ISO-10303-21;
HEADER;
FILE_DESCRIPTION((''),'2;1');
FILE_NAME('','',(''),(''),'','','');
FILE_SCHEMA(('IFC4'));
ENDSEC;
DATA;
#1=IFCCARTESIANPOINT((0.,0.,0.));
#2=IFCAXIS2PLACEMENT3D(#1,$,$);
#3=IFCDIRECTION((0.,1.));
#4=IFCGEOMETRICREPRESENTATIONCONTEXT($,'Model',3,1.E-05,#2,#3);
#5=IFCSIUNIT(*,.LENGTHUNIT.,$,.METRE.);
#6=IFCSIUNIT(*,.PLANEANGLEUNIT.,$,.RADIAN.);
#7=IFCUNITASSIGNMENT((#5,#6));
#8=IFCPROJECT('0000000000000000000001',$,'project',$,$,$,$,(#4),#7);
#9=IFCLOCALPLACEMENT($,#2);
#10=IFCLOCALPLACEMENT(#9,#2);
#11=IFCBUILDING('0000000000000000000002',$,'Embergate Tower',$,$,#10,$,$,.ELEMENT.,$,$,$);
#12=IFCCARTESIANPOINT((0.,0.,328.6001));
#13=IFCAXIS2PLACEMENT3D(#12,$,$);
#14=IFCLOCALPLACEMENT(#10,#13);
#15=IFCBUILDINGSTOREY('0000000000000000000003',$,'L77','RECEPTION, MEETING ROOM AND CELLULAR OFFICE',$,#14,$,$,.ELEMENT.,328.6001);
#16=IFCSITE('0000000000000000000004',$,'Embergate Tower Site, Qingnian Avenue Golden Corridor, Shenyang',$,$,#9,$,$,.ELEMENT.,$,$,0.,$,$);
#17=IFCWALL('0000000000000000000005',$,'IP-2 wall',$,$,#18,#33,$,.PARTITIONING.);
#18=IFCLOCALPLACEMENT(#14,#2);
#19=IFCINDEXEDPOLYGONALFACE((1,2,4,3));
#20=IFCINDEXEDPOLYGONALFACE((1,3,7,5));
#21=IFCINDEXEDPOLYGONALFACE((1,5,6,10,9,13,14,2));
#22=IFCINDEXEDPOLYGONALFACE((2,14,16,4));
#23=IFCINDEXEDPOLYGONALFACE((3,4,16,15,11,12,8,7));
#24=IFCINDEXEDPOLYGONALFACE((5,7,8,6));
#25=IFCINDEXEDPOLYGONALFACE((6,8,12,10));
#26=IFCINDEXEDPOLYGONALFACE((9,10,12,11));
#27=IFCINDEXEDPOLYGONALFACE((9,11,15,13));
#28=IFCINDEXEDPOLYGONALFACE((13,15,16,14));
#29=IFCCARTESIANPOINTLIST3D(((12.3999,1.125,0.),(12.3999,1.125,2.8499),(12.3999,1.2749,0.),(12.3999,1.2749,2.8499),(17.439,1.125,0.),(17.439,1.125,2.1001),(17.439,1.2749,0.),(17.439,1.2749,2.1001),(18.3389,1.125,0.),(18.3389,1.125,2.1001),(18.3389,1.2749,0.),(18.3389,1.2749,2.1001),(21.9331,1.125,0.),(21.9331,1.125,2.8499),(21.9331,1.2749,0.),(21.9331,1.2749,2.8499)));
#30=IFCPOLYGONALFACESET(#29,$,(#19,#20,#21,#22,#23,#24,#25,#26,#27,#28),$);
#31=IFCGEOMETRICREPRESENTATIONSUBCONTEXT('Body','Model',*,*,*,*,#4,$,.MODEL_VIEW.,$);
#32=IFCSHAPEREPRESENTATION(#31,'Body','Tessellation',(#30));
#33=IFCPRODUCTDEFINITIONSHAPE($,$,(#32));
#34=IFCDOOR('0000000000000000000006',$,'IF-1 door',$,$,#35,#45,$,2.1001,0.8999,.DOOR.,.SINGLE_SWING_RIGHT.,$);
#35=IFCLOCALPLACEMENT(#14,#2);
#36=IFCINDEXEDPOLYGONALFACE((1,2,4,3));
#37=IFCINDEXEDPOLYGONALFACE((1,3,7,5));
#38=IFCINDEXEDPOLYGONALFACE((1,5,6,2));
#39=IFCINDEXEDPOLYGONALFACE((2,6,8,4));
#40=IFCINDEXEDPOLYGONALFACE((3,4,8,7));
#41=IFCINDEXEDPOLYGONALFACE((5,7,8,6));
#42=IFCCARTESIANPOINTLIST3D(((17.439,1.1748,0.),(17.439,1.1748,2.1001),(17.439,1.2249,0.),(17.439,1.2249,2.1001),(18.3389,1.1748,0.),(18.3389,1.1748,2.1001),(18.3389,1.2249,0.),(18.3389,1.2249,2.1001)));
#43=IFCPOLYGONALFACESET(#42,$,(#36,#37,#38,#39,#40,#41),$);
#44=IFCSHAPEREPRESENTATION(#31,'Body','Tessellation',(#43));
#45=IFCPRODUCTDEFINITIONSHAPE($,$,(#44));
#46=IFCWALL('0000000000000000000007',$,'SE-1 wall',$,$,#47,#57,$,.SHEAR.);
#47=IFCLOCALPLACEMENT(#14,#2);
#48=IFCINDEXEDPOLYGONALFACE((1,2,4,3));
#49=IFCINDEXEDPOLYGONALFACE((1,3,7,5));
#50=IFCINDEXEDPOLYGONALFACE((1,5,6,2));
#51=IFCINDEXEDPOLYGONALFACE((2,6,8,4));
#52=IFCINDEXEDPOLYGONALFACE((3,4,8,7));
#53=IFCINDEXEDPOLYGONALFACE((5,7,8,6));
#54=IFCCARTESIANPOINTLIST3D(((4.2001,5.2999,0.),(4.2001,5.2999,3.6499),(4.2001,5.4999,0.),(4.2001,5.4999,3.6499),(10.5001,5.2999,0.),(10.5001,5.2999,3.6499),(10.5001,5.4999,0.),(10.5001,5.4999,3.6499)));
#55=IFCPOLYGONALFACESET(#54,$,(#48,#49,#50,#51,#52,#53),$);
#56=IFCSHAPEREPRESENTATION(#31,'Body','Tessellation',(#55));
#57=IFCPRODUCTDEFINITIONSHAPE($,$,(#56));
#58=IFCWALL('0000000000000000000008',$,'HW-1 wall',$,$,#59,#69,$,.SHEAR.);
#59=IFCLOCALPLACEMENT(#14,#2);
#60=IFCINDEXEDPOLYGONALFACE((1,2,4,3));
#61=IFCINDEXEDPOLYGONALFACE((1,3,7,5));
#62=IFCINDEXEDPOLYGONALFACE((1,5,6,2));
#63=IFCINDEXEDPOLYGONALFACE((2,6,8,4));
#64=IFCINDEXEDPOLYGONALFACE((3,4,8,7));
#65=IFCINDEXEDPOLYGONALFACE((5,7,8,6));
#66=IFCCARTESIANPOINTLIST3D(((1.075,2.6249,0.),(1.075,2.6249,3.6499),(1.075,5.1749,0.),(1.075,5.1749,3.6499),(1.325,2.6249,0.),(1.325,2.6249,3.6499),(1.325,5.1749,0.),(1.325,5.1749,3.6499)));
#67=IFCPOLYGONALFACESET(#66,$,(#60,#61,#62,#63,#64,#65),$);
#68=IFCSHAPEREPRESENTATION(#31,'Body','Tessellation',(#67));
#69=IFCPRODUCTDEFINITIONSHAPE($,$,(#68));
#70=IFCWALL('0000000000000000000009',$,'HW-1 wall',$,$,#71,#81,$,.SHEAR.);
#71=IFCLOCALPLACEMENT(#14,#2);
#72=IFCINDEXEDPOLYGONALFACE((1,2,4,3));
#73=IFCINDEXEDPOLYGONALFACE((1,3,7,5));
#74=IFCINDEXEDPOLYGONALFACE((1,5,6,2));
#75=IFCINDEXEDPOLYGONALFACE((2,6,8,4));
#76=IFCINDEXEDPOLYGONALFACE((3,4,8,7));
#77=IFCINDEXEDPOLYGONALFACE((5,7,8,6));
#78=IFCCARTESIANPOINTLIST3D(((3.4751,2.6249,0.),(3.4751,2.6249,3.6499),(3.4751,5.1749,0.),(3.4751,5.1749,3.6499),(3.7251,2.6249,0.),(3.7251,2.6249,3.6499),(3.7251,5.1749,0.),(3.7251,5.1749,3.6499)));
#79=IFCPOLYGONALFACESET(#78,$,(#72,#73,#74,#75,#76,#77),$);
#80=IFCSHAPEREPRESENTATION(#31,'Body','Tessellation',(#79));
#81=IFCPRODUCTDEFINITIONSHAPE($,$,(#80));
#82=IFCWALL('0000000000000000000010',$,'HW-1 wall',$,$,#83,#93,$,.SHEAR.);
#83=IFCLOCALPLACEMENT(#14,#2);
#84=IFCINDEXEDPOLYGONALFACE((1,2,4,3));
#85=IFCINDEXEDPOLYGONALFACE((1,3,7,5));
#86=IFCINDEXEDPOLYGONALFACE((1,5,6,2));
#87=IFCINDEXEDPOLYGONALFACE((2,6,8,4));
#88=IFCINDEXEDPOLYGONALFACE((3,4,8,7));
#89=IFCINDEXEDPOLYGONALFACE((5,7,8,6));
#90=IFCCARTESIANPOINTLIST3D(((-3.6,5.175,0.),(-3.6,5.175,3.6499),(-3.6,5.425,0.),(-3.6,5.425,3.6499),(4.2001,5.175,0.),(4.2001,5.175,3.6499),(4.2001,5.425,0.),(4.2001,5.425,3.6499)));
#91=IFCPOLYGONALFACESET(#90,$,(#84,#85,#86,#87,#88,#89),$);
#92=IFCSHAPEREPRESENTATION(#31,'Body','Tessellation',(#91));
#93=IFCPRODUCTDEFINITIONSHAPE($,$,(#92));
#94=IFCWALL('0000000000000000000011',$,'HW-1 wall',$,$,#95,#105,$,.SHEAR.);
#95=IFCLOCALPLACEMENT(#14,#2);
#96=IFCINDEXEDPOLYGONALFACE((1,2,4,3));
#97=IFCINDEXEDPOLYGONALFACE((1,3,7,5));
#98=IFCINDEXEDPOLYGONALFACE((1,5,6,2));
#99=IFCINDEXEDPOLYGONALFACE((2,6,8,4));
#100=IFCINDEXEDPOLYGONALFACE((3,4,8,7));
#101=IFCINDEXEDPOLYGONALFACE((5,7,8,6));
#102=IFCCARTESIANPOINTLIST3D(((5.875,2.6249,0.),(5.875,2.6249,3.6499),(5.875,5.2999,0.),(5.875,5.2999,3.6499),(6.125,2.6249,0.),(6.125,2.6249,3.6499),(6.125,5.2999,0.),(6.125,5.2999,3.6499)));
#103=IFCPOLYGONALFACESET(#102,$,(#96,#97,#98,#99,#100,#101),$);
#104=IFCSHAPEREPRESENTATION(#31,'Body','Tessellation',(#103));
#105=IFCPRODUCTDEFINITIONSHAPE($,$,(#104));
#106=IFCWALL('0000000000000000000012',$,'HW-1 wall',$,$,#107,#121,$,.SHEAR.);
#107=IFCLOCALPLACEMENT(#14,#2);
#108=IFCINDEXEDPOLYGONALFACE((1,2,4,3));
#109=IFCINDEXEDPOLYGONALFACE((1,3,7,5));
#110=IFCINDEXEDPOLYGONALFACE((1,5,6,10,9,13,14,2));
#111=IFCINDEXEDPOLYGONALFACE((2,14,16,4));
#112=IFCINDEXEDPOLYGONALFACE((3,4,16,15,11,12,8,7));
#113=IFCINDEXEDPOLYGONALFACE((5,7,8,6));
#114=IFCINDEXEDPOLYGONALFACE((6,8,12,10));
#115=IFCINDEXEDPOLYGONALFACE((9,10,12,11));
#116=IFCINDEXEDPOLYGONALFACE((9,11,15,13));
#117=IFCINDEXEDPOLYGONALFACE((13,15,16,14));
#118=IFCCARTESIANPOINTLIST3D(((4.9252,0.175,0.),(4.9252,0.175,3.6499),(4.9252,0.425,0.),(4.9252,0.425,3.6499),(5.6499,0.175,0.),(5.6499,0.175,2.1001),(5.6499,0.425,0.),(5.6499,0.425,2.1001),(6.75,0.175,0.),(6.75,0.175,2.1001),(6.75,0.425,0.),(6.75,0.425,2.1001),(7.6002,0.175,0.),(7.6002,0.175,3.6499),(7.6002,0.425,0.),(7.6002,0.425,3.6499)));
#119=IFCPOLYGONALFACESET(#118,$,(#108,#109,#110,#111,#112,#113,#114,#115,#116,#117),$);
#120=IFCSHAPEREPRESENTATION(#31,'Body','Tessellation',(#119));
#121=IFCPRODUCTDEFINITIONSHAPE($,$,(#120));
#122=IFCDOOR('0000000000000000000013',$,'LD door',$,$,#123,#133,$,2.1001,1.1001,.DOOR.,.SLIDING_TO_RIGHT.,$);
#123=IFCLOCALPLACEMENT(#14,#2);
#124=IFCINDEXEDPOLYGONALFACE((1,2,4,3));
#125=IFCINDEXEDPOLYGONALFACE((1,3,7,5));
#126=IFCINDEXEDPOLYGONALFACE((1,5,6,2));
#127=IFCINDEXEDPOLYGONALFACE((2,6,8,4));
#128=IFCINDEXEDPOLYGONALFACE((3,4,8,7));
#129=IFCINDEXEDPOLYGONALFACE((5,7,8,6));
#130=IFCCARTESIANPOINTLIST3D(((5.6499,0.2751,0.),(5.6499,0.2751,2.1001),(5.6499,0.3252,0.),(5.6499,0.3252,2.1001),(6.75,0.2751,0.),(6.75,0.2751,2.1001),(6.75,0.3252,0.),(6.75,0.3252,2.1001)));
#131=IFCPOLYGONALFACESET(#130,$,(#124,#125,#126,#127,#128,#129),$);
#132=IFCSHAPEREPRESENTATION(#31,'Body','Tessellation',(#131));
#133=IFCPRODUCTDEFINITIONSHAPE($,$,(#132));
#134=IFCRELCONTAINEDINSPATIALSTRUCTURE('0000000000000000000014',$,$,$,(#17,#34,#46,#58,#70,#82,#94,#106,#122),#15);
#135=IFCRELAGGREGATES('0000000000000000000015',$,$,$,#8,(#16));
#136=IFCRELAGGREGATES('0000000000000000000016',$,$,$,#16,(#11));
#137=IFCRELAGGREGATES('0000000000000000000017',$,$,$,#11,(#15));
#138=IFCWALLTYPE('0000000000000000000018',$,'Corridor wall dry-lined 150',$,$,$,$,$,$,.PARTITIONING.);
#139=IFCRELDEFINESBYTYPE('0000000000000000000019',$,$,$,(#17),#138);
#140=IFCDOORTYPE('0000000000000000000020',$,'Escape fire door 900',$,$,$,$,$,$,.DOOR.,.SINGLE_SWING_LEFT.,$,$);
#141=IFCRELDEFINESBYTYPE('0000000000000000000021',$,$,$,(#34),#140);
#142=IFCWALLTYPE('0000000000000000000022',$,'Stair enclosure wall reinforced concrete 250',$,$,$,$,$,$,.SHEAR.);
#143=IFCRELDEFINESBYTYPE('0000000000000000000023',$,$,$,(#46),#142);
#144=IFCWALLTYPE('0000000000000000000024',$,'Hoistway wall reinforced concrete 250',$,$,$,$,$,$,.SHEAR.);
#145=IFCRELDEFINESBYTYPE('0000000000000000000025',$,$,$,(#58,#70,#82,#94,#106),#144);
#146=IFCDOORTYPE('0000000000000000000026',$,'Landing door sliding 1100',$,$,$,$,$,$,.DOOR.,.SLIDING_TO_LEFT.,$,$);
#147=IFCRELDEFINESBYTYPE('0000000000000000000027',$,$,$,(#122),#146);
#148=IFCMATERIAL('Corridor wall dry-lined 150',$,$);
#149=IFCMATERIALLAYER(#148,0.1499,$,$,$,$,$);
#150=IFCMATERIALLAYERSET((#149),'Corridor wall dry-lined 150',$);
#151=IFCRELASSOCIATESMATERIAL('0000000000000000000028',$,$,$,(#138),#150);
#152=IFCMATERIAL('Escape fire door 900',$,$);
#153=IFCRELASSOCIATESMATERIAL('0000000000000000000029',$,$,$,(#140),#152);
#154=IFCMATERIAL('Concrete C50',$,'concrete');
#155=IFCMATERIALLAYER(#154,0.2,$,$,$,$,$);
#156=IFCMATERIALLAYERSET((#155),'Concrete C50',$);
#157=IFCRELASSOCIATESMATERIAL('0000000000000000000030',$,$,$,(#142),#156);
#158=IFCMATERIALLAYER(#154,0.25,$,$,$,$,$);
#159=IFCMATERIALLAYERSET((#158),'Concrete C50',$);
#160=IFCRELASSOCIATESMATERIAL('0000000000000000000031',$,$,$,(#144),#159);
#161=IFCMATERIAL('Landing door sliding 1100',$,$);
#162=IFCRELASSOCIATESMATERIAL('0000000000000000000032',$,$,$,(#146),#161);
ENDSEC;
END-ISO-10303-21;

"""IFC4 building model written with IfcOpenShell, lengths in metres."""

from ifc_helpers import new_model, si_unit, direction, frame, frame_2d, origin, place, context, subcontext, project, spatial, rectangle, extrude, source, transform, mapped, material, layer, layer_set, type_object, element, fill, save


model = new_model("IFC4")

# Units and contexts
model_context = context("Model", 3, precision=1e-05, world=origin(), true_north=direction((0.0, 1.0)))
body_context = subcontext(model_context, "Body", "Model", "MODEL_VIEW")
ifc_project = project(units=[si_unit("LENGTHUNIT", "METRE"), si_unit("PLANEANGLEUNIT", "RADIAN")], contexts=[model_context])

# Site, building, storey
site_placement = place(None, origin())
site = spatial("IfcSite", under=ifc_project, at=site_placement, Name="Embergate Tower Site, Qingnian Avenue Golden Corridor, Shenyang", CompositionType="ELEMENT", RefElevation=0.0)
building_placement = place(site_placement, origin())
building = spatial("IfcBuilding", under=site, at=building_placement, Name="Embergate Tower", CompositionType="ELEMENT")
storey_placement = place(building_placement, frame((0.0, 0.0, 328.6001)))
storey = spatial("IfcBuildingStorey", under=building, at=storey_placement, Name="L77", Description="RECEPTION, MEETING ROOM AND CELLULAR OFFICE", CompositionType="ELEMENT", Elevation=328.6001)

# Wall, opening, door
ifc_material_1 = material(Name="Corridor wall dry-lined 150")
ifc_layer_1 = layer(ifc_material_1, 0.1499)
ifc_layer_set_1 = layer_set([ifc_layer_1], Name="Corridor wall dry-lined 150")
wall_type_1 = type_object("IfcWallType", Name="Corridor wall dry-lined 150", PredefinedType="PARTITIONING", material=ifc_layer_set_1)
shared_shape_1 = source(origin(), body_context, "Body", "SweptSolid", [
    extrude(rectangle(XDim=9.5332, YDim=0.1499, at=frame_2d((4.7666, 0.0))), origin(), (0.0, 0.0, 1.0), 2.8499),
])
wall_1_placement = place(storey_placement, frame((12.3999, 1.2, 0.0), z_axis=(0.0, 0.0, 1.0), x_axis=(1.0, 0.0, 0.0)))
wall_1 = element("IfcWall", 1, at=wall_1_placement, inside=storey, type_object=wall_type_1, Name="IP-2 wall", PredefinedType="PARTITIONING", context=body_context, shape_type="MappedRepresentation", body=[
    mapped(shared_shape_1, transform((0.0, 0.0, 0.0))),
])
shared_shape_2 = source(origin(), body_context, "Body", "SweptSolid", [
    extrude(rectangle(XDim=0.8999, YDim=2.1001, at=frame_2d((0.45, 1.05))), frame((0.0, 0.085, 0.0), z_axis=(0.0, -1.0, 0.0), x_axis=(1.0, 0.0, 0.0)), (0.0, 0.0, 1.0), 0.1699),
])
opening_1_placement = place(wall_1_placement, frame((5.0391, 0.0, 0.0)))
opening_1 = element("IfcOpeningElement", 2, at=opening_1_placement, cuts=wall_1, PredefinedType="OPENING", context=body_context, shape_type="MappedRepresentation", body=[
    mapped(shared_shape_2, transform((0.0, 0.0, 0.0))),
])
ifc_material_2 = material(Name="Escape fire door 900")
door_type_1 = type_object("IfcDoorType", Name="Escape fire door 900", OperationType="SINGLE_SWING_LEFT", PredefinedType="DOOR", material=ifc_material_2)
shared_shape_3 = source(origin(), body_context, "Body", "SweptSolid", [
    extrude(rectangle(XDim=0.8999, YDim=2.1001, at=frame_2d((0.45, 1.05))), frame((0.0, 0.0249, 0.0), z_axis=(0.0, -1.0, 0.0), x_axis=(1.0, 0.0, 0.0)), (0.0, 0.0, 1.0), 0.05),
])
door_1_placement = place(opening_1_placement, origin())
door_1 = element("IfcDoor", 3, at=door_1_placement, inside=storey, type_object=door_type_1, Name="IF-1 door", OperationType="SINGLE_SWING_RIGHT", OverallHeight=2.1001, OverallWidth=0.8999, PredefinedType="DOOR", context=body_context, shape_type="MappedRepresentation", body=[
    mapped(shared_shape_3, transform((0.0, 0.0, 0.0))),
])
fill(opening_1, door_1)

# Walls
ifc_material_3 = material(Name="Concrete C50", Category="concrete")
ifc_layer_2 = layer(ifc_material_3, 0.2)
ifc_layer_set_2 = layer_set([ifc_layer_2], Name="Concrete C50")
wall_type_2 = type_object("IfcWallType", Name="Stair enclosure wall reinforced concrete 250", PredefinedType="SHEAR", material=ifc_layer_set_2)
shared_shape_4 = source(origin(), body_context, "Body", "SweptSolid", [
    extrude(rectangle(XDim=6.3, YDim=0.2, at=frame_2d((3.1499, 0.0))), origin(), (0.0, 0.0, 1.0), 3.6499),
])
wall_2_placement = place(storey_placement, frame((10.5, 5.3999, 0.0), z_axis=(0.0, 0.0, 1.0), x_axis=(-1.0, 0.0, 0.0)))
element("IfcWall", 4, at=wall_2_placement, inside=storey, type_object=wall_type_2, Name="SE-1 wall", PredefinedType="SHEAR", context=body_context, shape_type="MappedRepresentation", body=[
    mapped(shared_shape_4, transform((0.0, 0.0, 0.0))),
])
ifc_layer_3 = layer(ifc_material_3, 0.25)
ifc_layer_set_3 = layer_set([ifc_layer_3], Name="Concrete C50")
wall_type_3 = type_object("IfcWallType", Name="Hoistway wall reinforced concrete 250", PredefinedType="SHEAR", material=ifc_layer_set_3)
shared_shape_5 = source(origin(), body_context, "Body", "SweptSolid", [
    extrude(rectangle(XDim=2.55, YDim=0.25, at=frame_2d((1.2749, 0.0))), origin(), (0.0, 0.0, 1.0), 3.6499),
])
for number, where, z_axis, x_axis, name in (
    (5, (1.2, 2.625, 0.0), (0.0, 0.0, 1.0), (0.0, 1.0, 0.0), "HW-1 wall"),
    (6, (3.6001, 2.625, 0.0), (0.0, 0.0, 1.0), (0.0, 1.0, 0.0), "HW-1 wall"),
):
    element("IfcWall", number, at=place(storey_placement, frame(where, z_axis=z_axis, x_axis=x_axis)), inside=storey, type_object=wall_type_3, Name=name, PredefinedType="SHEAR", context=body_context, shape_type="MappedRepresentation", body=[
        mapped(shared_shape_5, transform((0.0, 0.0, 0.0))),
    ])
shared_shape_6 = source(origin(), body_context, "Body", "SweptSolid", [
    extrude(rectangle(XDim=7.8, YDim=0.25, at=frame_2d((3.8999, 0.0))), origin(), (0.0, 0.0, 1.0), 3.6499),
])
wall_3_placement = place(storey_placement, frame((4.2, 5.3, 0.0), z_axis=(0.0, 0.0, 1.0), x_axis=(-1.0, 0.0, 0.0)))
element("IfcWall", 7, at=wall_3_placement, inside=storey, type_object=wall_type_3, Name="HW-1 wall", PredefinedType="SHEAR", context=body_context, shape_type="MappedRepresentation", body=[
    mapped(shared_shape_6, transform((0.0, 0.0, 0.0))),
])
shared_shape_7 = source(origin(), body_context, "Body", "SweptSolid", [
    extrude(rectangle(XDim=2.675, YDim=0.25, at=frame_2d((1.3374, 0.0))), origin(), (0.0, 0.0, 1.0), 3.6499),
])
wall_4_placement = place(storey_placement, frame((6.0, 2.625, 0.0), z_axis=(0.0, 0.0, 1.0), x_axis=(0.0, 1.0, 0.0)))
element("IfcWall", 8, at=wall_4_placement, inside=storey, type_object=wall_type_3, Name="HW-1 wall", PredefinedType="SHEAR", context=body_context, shape_type="MappedRepresentation", body=[
    mapped(shared_shape_7, transform((0.0, 0.0, 0.0))),
])

# Wall, opening, door
wall_5_placement = place(storey_placement, frame((7.6001, 0.3, 0.0), z_axis=(0.0, 0.0, 1.0), x_axis=(-1.0, 0.0, 0.0)))
wall_5 = element("IfcWall", 9, at=wall_5_placement, inside=storey, type_object=wall_type_3, Name="HW-1 wall", PredefinedType="SHEAR", context=body_context, shape_type="MappedRepresentation", body=[
    mapped(shared_shape_7, transform((0.0, 0.0, 0.0))),
])
shared_shape_8 = source(origin(), body_context, "Body", "SweptSolid", [
    extrude(rectangle(XDim=1.1001, YDim=2.1001, at=frame_2d((0.55, 1.05))), frame((0.0, 0.135, 0.0), z_axis=(0.0, -1.0, 0.0), x_axis=(1.0, 0.0, 0.0)), (0.0, 0.0, 1.0), 0.27),
])
opening_2_placement = place(wall_5_placement, frame((0.8501, 0.0, 0.0)))
opening_2 = element("IfcOpeningElement", 10, at=opening_2_placement, cuts=wall_5, PredefinedType="OPENING", context=body_context, shape_type="MappedRepresentation", body=[
    mapped(shared_shape_8, transform((0.0, 0.0, 0.0))),
])
ifc_material_4 = material(Name="Landing door sliding 1100")
door_type_2 = type_object("IfcDoorType", Name="Landing door sliding 1100", OperationType="SLIDING_TO_LEFT", PredefinedType="DOOR", material=ifc_material_4)
shared_shape_9 = source(origin(), body_context, "Body", "SweptSolid", [
    extrude(rectangle(XDim=1.1001, YDim=2.1001, at=frame_2d((0.55, 1.05))), frame((0.0, 0.0249, 0.0), z_axis=(0.0, -1.0, 0.0), x_axis=(1.0, 0.0, 0.0)), (0.0, 0.0, 1.0), 0.05),
])
door_2_placement = place(opening_2_placement, origin())
door_2 = element("IfcDoor", 11, at=door_2_placement, inside=storey, type_object=door_type_2, Name="LD door", OperationType="SLIDING_TO_RIGHT", OverallHeight=2.1001, OverallWidth=1.1001, PredefinedType="DOOR", context=body_context, shape_type="MappedRepresentation", body=[
    mapped(shared_shape_9, transform((0.0, 0.0, 0.0))),
])
fill(opening_2, door_2)

save(model, "model.ifc")
